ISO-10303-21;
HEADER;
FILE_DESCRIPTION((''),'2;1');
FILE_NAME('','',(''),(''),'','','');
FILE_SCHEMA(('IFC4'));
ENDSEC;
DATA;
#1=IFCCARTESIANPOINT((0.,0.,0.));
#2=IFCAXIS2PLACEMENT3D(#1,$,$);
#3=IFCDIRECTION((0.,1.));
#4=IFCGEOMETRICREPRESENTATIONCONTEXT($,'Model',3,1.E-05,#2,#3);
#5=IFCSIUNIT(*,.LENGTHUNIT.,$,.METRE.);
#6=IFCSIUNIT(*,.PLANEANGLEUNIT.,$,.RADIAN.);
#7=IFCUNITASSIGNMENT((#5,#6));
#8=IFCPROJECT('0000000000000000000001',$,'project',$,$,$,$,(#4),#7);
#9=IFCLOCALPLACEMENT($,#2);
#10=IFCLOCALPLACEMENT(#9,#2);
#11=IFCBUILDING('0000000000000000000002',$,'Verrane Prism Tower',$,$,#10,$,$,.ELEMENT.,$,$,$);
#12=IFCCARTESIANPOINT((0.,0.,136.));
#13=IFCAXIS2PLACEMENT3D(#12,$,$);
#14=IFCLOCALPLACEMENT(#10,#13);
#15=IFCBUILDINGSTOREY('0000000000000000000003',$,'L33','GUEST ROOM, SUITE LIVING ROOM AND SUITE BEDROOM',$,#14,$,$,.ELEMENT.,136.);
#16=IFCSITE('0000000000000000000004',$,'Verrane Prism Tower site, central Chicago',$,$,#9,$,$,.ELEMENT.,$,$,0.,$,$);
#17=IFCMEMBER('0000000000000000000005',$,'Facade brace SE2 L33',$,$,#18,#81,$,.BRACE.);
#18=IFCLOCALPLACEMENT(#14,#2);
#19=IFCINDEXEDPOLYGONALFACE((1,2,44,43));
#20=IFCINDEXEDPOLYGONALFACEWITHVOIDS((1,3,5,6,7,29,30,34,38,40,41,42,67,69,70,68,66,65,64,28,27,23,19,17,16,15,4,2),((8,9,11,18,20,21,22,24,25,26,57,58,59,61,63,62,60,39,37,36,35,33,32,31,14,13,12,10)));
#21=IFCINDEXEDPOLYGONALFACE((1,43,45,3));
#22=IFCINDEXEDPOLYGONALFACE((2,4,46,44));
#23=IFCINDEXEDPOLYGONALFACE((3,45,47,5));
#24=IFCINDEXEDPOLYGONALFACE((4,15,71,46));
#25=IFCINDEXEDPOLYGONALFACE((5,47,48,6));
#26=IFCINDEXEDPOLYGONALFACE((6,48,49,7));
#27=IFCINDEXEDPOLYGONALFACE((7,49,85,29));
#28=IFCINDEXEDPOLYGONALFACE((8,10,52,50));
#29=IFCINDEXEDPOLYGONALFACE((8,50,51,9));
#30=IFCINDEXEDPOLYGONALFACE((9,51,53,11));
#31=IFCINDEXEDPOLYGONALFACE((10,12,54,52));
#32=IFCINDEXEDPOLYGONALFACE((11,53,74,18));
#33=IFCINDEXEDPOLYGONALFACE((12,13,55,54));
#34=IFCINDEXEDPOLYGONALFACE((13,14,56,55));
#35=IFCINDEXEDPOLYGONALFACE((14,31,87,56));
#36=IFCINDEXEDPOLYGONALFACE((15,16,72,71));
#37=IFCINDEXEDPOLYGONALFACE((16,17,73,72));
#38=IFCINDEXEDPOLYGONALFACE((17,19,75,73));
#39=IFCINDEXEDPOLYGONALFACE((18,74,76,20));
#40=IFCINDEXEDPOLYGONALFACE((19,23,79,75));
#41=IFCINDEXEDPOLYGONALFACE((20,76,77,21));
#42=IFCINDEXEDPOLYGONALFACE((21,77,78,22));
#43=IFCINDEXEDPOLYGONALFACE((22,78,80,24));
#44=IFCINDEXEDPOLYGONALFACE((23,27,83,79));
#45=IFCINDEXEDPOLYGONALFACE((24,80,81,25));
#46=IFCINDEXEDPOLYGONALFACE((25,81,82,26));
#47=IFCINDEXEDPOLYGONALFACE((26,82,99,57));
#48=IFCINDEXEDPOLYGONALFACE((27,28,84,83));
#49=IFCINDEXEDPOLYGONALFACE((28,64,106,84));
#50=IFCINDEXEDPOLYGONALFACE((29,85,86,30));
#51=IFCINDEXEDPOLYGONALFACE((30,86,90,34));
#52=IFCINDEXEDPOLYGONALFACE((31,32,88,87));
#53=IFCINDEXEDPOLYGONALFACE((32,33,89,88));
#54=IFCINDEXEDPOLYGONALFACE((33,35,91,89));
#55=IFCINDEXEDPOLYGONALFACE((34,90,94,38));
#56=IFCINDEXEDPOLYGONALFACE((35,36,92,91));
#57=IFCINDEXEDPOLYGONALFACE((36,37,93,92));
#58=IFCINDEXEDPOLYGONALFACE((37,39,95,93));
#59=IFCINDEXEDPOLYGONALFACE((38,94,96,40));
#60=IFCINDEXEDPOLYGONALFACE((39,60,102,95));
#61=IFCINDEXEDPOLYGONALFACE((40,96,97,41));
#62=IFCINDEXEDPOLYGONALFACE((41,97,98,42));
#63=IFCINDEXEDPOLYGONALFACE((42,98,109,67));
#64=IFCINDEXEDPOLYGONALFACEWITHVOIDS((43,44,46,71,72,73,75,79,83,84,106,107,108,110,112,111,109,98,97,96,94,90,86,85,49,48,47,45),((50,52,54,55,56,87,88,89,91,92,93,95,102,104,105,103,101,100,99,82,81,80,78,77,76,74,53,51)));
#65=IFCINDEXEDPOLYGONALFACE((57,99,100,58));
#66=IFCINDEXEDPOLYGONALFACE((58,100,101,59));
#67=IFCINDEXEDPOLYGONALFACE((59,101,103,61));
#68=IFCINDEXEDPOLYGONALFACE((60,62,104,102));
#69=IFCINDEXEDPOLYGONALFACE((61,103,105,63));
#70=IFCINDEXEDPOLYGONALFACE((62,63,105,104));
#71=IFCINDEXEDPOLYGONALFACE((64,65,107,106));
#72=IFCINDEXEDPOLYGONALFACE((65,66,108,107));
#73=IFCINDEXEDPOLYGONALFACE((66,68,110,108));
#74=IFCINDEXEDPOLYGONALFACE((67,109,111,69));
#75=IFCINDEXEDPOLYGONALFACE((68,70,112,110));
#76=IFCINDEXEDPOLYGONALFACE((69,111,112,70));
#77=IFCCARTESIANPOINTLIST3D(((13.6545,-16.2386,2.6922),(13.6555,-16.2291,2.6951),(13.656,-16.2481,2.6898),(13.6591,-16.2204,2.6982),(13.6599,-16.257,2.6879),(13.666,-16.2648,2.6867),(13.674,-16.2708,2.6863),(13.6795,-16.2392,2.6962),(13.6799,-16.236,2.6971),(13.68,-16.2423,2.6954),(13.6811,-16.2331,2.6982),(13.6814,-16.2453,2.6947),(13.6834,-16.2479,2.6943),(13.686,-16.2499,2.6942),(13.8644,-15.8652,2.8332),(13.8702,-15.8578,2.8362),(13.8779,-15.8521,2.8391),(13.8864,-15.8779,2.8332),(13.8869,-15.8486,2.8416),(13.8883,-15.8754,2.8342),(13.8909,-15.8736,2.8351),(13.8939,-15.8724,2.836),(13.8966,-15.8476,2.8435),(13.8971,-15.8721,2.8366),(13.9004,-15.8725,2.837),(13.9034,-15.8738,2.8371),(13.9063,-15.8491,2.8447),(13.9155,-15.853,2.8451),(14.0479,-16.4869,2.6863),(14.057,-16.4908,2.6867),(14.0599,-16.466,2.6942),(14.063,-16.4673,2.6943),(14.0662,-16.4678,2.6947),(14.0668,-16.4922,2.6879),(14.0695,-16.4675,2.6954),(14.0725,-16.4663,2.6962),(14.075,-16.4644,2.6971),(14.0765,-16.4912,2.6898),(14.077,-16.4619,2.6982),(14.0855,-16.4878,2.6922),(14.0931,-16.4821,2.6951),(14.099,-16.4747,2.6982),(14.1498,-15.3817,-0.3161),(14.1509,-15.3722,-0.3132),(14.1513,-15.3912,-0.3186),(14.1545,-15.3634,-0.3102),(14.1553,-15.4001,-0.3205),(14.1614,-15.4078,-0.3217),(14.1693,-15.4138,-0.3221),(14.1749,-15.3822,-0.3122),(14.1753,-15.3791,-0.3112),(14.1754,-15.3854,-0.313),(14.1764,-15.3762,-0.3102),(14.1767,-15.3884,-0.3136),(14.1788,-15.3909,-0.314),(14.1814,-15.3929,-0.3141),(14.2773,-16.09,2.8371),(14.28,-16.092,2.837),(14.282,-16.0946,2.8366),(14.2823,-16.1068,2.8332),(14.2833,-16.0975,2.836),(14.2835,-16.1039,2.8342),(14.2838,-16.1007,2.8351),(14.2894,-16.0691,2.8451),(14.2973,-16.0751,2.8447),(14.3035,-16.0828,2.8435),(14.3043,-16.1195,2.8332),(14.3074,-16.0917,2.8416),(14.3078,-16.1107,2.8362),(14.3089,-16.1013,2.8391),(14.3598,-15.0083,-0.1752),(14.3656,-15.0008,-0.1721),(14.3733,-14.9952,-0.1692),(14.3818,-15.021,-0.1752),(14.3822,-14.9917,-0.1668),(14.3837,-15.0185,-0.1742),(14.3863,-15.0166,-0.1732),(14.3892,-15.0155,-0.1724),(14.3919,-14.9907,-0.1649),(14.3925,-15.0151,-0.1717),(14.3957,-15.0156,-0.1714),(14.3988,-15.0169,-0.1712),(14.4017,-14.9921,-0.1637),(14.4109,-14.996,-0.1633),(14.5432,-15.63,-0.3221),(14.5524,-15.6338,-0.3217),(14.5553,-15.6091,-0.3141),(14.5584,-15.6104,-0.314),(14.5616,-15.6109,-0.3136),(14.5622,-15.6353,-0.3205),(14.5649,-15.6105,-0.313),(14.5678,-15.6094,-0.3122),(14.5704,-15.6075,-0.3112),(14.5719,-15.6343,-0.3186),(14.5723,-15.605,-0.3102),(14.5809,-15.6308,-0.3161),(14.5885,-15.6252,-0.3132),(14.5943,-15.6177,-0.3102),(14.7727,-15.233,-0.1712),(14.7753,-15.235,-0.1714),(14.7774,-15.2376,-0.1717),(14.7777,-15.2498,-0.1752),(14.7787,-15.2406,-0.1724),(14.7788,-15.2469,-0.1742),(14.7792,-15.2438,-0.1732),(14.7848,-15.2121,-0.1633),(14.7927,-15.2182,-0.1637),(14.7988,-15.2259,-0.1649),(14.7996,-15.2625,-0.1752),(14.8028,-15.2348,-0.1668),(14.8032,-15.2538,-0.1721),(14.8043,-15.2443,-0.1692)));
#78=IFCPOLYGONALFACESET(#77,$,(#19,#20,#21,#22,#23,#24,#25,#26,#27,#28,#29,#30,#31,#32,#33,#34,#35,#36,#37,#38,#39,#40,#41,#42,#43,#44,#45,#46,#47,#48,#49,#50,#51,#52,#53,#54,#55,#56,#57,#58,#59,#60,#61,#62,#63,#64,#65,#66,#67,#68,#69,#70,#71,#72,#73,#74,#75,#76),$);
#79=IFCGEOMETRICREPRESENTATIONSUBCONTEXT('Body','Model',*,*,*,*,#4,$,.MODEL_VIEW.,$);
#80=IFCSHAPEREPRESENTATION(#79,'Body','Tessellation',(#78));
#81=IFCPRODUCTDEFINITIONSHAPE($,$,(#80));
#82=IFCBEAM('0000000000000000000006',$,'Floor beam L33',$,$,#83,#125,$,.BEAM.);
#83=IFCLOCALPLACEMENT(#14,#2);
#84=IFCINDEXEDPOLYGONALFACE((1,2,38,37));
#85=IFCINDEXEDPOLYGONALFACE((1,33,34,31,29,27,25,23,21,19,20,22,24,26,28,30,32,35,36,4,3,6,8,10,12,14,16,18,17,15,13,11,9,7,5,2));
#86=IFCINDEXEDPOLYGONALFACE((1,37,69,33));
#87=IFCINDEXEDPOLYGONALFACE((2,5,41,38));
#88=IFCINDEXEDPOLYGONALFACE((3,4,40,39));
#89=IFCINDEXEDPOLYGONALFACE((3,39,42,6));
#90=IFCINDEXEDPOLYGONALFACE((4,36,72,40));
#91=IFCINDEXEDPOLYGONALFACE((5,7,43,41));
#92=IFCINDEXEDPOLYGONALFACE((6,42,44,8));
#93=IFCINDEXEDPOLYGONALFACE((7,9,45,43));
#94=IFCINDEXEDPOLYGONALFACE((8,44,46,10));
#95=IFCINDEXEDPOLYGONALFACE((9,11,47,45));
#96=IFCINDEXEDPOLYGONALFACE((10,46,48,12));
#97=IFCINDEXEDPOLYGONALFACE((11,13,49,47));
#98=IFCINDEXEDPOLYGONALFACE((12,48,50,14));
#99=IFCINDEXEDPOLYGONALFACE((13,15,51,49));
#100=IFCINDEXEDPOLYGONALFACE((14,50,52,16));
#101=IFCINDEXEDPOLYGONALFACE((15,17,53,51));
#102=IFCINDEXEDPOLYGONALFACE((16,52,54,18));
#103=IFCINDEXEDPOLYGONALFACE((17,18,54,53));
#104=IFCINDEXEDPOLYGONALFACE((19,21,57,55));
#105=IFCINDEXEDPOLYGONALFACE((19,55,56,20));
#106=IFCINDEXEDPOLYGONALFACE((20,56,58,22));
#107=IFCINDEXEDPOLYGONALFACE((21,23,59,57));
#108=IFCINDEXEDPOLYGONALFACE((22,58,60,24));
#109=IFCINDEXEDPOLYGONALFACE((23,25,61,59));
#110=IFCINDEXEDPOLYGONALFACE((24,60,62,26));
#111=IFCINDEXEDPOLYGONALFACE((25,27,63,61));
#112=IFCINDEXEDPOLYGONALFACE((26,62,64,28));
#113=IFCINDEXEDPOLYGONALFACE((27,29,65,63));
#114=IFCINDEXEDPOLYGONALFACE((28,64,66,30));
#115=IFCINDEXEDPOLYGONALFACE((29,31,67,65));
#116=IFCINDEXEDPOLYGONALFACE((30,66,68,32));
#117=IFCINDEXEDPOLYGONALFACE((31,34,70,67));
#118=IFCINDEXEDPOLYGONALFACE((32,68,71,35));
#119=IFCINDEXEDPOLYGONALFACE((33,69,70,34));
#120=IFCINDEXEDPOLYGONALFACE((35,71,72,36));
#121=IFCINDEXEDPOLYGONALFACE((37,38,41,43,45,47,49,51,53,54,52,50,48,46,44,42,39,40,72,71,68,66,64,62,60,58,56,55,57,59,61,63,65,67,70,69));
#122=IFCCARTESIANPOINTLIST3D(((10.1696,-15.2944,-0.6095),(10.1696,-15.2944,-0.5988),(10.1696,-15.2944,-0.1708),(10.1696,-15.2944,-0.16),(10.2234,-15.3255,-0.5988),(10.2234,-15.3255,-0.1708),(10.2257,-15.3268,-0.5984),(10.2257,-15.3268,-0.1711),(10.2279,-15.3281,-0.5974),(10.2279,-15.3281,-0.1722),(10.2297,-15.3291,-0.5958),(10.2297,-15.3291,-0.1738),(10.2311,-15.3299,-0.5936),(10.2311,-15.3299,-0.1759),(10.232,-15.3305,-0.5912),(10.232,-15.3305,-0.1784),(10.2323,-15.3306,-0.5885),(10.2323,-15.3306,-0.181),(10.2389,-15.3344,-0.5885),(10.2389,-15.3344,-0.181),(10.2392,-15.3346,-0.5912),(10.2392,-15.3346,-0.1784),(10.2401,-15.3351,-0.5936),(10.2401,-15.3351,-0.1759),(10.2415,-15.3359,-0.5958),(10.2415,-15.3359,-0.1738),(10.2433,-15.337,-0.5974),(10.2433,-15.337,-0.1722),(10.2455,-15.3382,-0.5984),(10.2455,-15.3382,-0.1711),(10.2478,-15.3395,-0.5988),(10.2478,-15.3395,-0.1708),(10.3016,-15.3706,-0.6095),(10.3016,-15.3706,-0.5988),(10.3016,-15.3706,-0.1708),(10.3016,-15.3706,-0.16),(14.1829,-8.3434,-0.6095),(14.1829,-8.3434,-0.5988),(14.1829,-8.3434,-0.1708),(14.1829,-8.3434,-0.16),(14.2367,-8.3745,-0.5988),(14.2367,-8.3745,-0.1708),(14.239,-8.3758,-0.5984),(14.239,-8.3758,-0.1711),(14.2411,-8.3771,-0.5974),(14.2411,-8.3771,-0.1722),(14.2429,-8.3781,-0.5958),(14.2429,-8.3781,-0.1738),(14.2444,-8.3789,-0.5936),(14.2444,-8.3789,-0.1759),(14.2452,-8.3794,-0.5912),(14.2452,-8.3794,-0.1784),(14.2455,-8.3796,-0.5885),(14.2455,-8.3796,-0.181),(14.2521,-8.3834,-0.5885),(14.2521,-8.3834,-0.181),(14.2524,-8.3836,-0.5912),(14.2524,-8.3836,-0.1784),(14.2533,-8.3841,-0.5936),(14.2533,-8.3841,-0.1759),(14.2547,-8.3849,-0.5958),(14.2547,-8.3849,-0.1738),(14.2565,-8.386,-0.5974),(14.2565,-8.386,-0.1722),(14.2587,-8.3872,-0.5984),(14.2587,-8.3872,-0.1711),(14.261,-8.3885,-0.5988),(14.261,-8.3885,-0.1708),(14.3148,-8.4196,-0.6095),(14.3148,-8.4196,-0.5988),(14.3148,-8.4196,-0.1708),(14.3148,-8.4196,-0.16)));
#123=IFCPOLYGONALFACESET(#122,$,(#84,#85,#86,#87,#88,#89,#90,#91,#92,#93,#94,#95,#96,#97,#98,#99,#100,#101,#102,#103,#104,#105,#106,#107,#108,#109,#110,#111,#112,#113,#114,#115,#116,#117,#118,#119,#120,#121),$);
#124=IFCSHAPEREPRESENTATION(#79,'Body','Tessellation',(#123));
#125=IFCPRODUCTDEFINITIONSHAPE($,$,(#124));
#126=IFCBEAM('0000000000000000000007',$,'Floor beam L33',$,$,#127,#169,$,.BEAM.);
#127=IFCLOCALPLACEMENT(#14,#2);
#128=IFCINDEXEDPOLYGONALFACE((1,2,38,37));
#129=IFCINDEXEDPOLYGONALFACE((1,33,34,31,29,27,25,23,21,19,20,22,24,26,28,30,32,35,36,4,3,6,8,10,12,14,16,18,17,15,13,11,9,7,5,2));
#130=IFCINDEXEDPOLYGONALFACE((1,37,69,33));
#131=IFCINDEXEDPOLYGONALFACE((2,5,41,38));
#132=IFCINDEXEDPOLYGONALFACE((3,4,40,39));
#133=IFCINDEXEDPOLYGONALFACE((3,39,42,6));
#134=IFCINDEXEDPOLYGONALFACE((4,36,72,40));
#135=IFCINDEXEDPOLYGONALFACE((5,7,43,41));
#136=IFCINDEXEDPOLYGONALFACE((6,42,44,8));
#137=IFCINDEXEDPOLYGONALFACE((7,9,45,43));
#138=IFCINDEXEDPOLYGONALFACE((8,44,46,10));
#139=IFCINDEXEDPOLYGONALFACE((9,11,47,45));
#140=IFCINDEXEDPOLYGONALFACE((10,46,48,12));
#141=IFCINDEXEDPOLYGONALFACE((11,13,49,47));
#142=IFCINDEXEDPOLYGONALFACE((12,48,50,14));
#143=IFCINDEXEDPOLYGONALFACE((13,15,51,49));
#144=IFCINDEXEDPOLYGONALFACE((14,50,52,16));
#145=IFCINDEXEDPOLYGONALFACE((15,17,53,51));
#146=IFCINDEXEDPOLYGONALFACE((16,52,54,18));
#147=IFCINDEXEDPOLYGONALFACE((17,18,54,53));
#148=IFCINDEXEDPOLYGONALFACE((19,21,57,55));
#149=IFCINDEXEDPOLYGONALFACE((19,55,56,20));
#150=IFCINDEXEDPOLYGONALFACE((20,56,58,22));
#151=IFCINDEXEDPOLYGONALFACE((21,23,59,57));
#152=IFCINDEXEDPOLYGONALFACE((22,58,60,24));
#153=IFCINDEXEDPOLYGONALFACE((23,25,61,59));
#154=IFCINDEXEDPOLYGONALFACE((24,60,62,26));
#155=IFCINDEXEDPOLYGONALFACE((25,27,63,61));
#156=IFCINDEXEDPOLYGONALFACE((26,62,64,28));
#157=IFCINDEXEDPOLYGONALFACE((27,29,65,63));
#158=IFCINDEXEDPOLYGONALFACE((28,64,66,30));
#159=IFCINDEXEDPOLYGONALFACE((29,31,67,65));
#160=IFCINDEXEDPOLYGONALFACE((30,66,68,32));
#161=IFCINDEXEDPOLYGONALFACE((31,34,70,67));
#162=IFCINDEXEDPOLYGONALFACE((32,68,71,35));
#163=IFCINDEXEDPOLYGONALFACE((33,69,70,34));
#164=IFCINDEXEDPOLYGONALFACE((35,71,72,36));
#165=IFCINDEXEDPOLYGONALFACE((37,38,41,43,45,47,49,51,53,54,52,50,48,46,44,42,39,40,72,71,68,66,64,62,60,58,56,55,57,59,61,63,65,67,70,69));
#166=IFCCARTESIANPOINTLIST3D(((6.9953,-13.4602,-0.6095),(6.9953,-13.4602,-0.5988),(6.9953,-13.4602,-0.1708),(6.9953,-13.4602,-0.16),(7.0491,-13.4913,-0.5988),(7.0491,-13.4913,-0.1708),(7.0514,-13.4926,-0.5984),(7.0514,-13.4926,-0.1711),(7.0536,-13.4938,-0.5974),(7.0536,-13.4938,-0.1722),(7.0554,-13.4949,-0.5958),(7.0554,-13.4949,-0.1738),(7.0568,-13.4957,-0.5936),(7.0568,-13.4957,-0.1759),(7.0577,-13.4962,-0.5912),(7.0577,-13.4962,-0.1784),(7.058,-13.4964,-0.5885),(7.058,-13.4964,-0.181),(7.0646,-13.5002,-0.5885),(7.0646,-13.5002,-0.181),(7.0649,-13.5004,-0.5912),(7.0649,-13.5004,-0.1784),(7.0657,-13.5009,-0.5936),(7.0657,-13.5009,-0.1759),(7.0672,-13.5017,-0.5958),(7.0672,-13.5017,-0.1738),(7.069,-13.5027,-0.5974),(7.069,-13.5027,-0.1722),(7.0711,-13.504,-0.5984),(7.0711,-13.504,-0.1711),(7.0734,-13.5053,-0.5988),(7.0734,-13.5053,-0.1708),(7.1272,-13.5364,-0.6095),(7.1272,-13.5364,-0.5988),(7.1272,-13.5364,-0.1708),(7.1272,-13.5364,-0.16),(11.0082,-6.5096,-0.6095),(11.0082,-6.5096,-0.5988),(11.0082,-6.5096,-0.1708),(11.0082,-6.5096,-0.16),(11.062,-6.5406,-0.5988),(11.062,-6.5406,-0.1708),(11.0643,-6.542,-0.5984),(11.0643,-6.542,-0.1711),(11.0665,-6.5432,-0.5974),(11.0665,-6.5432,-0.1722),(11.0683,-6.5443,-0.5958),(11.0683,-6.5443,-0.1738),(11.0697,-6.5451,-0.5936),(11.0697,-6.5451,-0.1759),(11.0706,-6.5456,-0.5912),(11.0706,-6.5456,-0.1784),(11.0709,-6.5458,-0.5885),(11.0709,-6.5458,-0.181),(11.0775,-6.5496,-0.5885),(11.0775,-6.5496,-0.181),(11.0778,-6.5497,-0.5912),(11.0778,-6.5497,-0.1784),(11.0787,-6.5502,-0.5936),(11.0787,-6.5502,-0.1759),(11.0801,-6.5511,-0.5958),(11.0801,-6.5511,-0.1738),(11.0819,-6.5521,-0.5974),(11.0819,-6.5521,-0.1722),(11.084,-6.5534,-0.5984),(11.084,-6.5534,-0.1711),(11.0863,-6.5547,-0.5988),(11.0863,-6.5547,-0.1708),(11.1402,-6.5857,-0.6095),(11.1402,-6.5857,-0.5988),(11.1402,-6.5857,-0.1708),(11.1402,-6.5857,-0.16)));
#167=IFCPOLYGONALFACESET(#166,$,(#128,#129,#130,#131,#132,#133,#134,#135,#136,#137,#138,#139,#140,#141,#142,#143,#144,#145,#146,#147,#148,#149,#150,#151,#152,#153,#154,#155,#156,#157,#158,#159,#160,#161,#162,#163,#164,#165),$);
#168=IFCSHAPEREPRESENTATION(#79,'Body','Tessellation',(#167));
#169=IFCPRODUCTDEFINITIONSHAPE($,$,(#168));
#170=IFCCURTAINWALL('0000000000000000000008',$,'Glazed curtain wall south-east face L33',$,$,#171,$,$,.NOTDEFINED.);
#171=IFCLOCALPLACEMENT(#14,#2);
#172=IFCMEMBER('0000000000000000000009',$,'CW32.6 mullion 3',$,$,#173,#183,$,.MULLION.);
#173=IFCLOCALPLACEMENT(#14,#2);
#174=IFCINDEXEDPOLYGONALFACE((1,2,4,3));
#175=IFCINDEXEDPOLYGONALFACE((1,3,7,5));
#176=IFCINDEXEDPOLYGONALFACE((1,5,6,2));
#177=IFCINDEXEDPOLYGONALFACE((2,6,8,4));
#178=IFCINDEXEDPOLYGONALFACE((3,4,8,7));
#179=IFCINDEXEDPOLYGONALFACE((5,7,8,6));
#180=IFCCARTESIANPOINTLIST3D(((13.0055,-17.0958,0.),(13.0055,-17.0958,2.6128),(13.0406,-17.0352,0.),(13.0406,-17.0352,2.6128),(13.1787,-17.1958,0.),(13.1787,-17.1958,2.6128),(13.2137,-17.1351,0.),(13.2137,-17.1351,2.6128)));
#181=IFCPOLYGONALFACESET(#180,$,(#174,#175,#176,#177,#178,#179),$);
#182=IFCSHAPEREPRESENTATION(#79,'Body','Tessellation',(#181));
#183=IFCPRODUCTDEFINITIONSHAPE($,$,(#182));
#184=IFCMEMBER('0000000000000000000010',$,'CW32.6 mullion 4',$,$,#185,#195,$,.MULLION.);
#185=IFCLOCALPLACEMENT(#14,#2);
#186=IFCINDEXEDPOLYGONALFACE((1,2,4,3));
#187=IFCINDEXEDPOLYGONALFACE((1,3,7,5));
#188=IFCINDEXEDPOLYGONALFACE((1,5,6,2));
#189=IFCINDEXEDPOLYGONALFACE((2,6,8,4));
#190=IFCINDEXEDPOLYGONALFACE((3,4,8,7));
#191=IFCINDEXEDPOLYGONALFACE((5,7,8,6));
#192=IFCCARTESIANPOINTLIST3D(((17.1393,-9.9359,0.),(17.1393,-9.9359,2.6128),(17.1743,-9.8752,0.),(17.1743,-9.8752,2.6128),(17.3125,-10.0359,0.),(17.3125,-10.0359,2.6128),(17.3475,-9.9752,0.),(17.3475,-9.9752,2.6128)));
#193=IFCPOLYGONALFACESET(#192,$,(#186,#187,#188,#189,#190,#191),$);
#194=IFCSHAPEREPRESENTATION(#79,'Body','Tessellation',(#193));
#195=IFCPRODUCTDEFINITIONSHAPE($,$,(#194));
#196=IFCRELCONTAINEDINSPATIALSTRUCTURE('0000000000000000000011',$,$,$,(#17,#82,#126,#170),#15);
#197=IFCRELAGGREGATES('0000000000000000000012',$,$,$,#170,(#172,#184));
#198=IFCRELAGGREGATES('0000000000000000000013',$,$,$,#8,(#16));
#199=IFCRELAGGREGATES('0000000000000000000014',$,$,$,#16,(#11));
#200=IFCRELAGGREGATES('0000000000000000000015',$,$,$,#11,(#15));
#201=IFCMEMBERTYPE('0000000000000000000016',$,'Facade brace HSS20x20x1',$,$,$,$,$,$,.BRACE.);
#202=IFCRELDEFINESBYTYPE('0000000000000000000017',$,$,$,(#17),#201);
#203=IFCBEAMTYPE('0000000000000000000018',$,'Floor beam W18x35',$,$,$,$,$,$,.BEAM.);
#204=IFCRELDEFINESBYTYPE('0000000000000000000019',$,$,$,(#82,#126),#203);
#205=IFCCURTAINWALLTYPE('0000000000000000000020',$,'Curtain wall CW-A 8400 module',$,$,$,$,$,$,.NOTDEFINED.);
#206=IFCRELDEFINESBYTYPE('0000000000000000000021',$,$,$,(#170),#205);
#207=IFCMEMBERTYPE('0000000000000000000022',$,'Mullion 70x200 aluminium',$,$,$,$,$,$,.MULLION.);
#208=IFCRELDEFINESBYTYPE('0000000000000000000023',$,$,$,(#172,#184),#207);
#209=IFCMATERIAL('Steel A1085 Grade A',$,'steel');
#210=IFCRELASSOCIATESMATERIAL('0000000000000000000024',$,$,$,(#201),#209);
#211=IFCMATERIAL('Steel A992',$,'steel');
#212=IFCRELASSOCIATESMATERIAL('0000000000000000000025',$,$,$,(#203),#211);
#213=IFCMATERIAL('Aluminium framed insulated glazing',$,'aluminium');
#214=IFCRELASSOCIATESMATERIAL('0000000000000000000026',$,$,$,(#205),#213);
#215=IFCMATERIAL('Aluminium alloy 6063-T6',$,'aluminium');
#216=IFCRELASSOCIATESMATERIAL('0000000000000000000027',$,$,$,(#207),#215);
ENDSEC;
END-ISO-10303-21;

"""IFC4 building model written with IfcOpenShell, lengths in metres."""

from ifc_helpers import new_model, si_unit, direction, frame, origin, origin_2d, place, context, subcontext, project, spatial, rectangle, hollow_rectangle, i_section, extrude, material, material_profile, profile_set, type_object, element, aggregate, save


model = new_model("IFC4")

# Units and contexts
model_context = context("Model", 3, precision=1e-05, world=origin(), true_north=direction((0.0, 1.0)))
body_context = subcontext(model_context, "Body", "Model", "MODEL_VIEW")
ifc_project = project(units=[si_unit("LENGTHUNIT", "METRE"), si_unit("PLANEANGLEUNIT", "RADIAN")], contexts=[model_context])

# Site, building, storey
site_placement = place(None, origin())
site = spatial("IfcSite", under=ifc_project, at=site_placement, Name="Verrane Prism Tower site, central Chicago", CompositionType="ELEMENT", RefElevation=0.0)
building_placement = place(site_placement, origin())
building = spatial("IfcBuilding", under=site, at=building_placement, Name="Verrane Prism Tower", CompositionType="ELEMENT")
storey_placement = place(building_placement, frame((0.0, 0.0, 136.0)))
storey = spatial("IfcBuildingStorey", under=building, at=storey_placement, Name="L33", Description="GUEST ROOM, SUITE LIVING ROOM AND SUITE BEDROOM", CompositionType="ELEMENT", Elevation=136.0)

# Member
ifc_material_1 = material(Name="Steel A1085 Grade A", Category="steel")
ifc_material_profile_1 = material_profile(ifc_material_1, hollow_rectangle(XDim=0.5081, YDim=0.5081, WallThickness=0.0254, InnerFilletRadius=0.0127, OuterFilletRadius=0.0381, at=origin_2d()), Name="HSS20x20x1")
ifc_profile_set_1 = profile_set([ifc_material_profile_1], Name="Steel A1085 Grade A")
member_type_1 = type_object("IfcMemberType", Name="Facade brace HSS20x20x1", PredefinedType="BRACE", material=ifc_profile_set_1)
member_1_placement = place(storey_placement, frame((14.4771, -15.313, -0.2427), z_axis=(-0.156416, -0.270586, 0.949904), x_axis=(0.865758, -0.500463, 0.0)))
element("IfcMember", 1, at=member_1_placement, inside=storey, type_object=member_type_1, Name="Facade brace SE2 L33", PredefinedType="BRACE", context=body_context, shape_type="SweptSolid", body=[
    extrude(hollow_rectangle(XDim=0.5081, YDim=0.5081, WallThickness=0.0254, InnerFilletRadius=0.0127, OuterFilletRadius=0.0381, at=origin_2d()), origin(), (0.0, 0.0, 1.0), 3.167),
])

# Beams
ifc_material_2 = material(Name="Steel A992", Category="steel")
ifc_material_profile_2 = material_profile(ifc_material_2, i_section(OverallWidth=0.1523, OverallDepth=0.4495, WebThickness=0.0076, FlangeThickness=0.0107, FilletRadius=0.0103, at=origin_2d()), Name="W18x35")
ifc_profile_set_2 = profile_set([ifc_material_profile_2], Name="Steel A992")
beam_type_1 = type_object("IfcBeamType", Name="Floor beam W18x35", PredefinedType="BEAM", material=ifc_profile_set_2)
beam_1_placement = place(storey_placement, frame((10.2356, -15.3325, -0.3848), z_axis=(0.500006, 0.866022, 0.0), x_axis=(-0.866022, 0.500006, 0.0)))
element("IfcBeam", 2, at=beam_1_placement, inside=storey, type_object=beam_type_1, Name="Floor beam L33", PredefinedType="BEAM", context=body_context, shape_type="SweptSolid", body=[
    extrude(i_section(OverallWidth=0.1523, OverallDepth=0.4495, WebThickness=0.0076, FlangeThickness=0.0107, FilletRadius=0.0103, at=origin_2d()), origin(), (0.0, 0.0, 1.0), 8.0264),
])
beam_2_placement = place(storey_placement, frame((7.0613, -13.4983, -0.3848), z_axis=(0.499996, 0.866028, 0.0), x_axis=(-0.866028, 0.499996, 0.0)))
element("IfcBeam", 3, at=beam_2_placement, inside=storey, type_object=beam_type_1, Name="Floor beam L33", PredefinedType="BEAM", context=body_context, shape_type="SweptSolid", body=[
    extrude(i_section(OverallWidth=0.1523, OverallDepth=0.4495, WebThickness=0.0076, FlangeThickness=0.0107, FilletRadius=0.0103, at=origin_2d()), origin(), (0.0, 0.0, 1.0), 8.0259),
])

# Curtain wall, members
ifc_material_3 = material(Name="Aluminium framed insulated glazing", Category="aluminium")
curtain_wall_type = type_object("IfcCurtainWallType", Name="Curtain wall CW-A 8400 module", PredefinedType="NOTDEFINED", material=ifc_material_3)
curtain_wall_placement = place(storey_placement, origin())
curtain_wall = element("IfcCurtainWall", 4, at=curtain_wall_placement, inside=storey, type_object=curtain_wall_type, Name="Glazed curtain wall south-east face L33", PredefinedType="NOTDEFINED")
ifc_material_4 = material(Name="Aluminium alloy 6063-T6", Category="aluminium")
ifc_material_profile_3 = material_profile(ifc_material_4, rectangle(XDim=0.2, YDim=0.0701, at=origin_2d()), Name="Mullion 70x200 aluminium")
ifc_profile_set_3 = profile_set([ifc_material_profile_3], Name="Aluminium alloy 6063-T6")
member_type_2 = type_object("IfcMemberType", Name="Mullion 70x200 aluminium", PredefinedType="MULLION", material=ifc_profile_set_3)
member_2_placement = place(storey_placement, frame((13.1096, -17.1155, 0.0), z_axis=(0.0, 0.0, 1.0), x_axis=(-0.866025, 0.5, 0.0)))
member_2 = element("IfcMember", 5, at=member_2_placement, type_object=member_type_2, Name="CW32.6 mullion 3", PredefinedType="MULLION", context=body_context, shape_type="SweptSolid", body=[
    extrude(rectangle(XDim=0.2, YDim=0.0701, at=origin_2d()), origin(), (0.0, 0.0, 1.0), 2.6128),
])
member_3_placement = place(storey_placement, frame((17.2434, -9.9556, 0.0), z_axis=(0.0, 0.0, 1.0), x_axis=(-0.866025, 0.5, 0.0)))
member_3 = element("IfcMember", 6, at=member_3_placement, type_object=member_type_2, Name="CW32.6 mullion 4", PredefinedType="MULLION", context=body_context, shape_type="SweptSolid", body=[
    extrude(rectangle(XDim=0.2, YDim=0.0701, at=origin_2d()), origin(), (0.0, 0.0, 1.0), 2.6128),
])

aggregate(curtain_wall, [member_2, member_3])

save(model, "model.ifc")
